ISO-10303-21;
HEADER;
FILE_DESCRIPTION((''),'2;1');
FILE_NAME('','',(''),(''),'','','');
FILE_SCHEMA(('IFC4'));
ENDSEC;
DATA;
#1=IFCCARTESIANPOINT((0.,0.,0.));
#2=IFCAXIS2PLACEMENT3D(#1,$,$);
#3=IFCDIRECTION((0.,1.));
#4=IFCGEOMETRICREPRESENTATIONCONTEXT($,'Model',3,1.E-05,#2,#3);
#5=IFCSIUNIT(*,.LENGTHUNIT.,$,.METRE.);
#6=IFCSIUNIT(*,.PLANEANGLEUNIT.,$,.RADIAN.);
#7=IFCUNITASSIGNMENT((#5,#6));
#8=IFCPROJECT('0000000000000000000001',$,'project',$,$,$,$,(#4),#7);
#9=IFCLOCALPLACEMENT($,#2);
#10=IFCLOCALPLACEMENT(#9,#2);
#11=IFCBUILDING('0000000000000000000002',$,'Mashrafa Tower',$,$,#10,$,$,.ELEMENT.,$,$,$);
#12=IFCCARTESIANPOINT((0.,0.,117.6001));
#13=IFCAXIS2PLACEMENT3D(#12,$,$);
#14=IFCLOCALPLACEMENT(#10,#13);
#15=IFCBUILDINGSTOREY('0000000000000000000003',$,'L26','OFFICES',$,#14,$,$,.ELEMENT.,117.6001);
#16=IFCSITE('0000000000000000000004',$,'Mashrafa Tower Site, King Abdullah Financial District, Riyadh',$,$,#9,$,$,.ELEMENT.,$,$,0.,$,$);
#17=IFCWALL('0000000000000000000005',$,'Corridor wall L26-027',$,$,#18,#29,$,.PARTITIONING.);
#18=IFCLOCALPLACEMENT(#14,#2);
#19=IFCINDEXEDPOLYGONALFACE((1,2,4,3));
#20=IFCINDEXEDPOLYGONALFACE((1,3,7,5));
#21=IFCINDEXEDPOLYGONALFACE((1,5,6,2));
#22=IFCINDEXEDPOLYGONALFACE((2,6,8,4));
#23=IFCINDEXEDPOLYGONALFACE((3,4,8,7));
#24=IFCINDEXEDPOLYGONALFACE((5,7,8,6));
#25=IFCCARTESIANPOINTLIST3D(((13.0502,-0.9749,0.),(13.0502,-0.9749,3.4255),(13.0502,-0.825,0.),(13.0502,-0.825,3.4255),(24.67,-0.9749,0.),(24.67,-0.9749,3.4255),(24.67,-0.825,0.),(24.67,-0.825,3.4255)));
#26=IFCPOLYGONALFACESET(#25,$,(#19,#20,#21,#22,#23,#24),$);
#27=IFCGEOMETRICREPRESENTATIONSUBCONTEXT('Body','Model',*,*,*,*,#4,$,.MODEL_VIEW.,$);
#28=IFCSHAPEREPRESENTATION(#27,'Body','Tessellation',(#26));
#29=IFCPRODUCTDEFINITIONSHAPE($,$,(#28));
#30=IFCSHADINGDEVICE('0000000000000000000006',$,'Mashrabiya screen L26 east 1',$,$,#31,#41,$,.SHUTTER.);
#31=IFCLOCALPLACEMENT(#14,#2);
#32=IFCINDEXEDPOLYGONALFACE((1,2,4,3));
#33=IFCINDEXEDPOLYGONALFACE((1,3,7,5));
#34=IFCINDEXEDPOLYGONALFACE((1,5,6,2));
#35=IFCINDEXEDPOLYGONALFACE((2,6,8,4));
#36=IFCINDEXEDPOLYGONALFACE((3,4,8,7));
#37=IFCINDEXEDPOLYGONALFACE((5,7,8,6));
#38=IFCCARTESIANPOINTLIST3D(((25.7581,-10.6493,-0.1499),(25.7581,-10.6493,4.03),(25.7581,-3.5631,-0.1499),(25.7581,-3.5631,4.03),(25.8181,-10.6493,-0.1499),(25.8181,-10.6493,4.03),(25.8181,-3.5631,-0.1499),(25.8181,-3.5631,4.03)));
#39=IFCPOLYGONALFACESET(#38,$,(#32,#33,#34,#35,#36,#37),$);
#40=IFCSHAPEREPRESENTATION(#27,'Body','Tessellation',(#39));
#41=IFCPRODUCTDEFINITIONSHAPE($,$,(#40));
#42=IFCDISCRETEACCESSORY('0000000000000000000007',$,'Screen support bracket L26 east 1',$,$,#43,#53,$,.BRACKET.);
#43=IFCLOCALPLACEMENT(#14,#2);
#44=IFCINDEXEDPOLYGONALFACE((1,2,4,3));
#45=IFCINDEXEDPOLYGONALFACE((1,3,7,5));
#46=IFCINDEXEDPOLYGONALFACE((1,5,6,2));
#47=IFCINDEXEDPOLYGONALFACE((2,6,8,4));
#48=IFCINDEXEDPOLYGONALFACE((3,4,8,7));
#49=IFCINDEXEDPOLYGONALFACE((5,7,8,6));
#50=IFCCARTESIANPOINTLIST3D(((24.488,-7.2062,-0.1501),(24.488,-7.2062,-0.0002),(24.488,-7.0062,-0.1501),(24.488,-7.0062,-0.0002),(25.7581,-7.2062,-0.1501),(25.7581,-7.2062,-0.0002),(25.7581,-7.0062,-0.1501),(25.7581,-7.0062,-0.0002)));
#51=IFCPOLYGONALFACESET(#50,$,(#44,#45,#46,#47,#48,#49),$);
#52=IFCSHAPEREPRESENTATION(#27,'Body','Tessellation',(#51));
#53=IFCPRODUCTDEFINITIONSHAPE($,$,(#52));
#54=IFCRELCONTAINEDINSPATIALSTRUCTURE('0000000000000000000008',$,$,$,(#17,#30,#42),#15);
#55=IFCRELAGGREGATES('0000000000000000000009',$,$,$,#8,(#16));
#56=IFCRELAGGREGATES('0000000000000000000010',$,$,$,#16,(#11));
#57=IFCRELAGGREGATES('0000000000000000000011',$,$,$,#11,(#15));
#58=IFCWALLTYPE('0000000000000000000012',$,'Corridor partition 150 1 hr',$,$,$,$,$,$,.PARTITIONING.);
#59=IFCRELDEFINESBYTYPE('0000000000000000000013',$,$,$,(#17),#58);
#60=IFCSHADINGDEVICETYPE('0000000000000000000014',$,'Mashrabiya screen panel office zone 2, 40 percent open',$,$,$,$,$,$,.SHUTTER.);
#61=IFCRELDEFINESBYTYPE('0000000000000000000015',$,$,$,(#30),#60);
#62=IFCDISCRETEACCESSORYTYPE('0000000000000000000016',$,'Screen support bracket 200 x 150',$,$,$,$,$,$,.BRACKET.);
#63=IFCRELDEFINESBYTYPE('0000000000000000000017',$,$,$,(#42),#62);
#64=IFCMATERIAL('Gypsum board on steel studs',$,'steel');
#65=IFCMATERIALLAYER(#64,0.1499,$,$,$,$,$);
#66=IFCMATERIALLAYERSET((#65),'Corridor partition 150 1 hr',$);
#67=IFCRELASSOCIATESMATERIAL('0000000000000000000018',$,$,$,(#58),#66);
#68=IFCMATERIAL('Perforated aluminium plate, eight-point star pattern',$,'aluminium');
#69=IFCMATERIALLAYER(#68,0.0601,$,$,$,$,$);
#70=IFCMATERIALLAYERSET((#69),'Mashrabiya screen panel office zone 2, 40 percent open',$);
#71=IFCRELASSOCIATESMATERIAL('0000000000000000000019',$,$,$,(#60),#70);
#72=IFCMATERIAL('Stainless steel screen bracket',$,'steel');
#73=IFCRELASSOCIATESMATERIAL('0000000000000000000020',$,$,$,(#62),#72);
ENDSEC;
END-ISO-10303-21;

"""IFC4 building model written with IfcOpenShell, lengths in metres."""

from ifc_helpers import new_model, si_unit, direction, frame, frame_2d, origin, origin_2d, place, context, subcontext, project, spatial, rectangle, extrude, source, transform, mapped, material, layer, layer_set, type_object, type_shapes, element, save


model = new_model("IFC4")

# Units and contexts
model_context = context("Model", 3, precision=1e-05, world=origin(), true_north=direction((0.0, 1.0)))
body_context = subcontext(model_context, "Body", "Model", "MODEL_VIEW")
ifc_project = project(units=[si_unit("LENGTHUNIT", "METRE"), si_unit("PLANEANGLEUNIT", "RADIAN")], contexts=[model_context])

# Site, building, storey
site_placement = place(None, origin())
site = spatial("IfcSite", under=ifc_project, at=site_placement, Name="Mashrafa Tower Site, King Abdullah Financial District, Riyadh", CompositionType="ELEMENT", RefElevation=0.0)
building_placement = place(site_placement, origin())
building = spatial("IfcBuilding", under=site, at=building_placement, Name="Mashrafa Tower", CompositionType="ELEMENT")
storey_placement = place(building_placement, frame((0.0, 0.0, 117.6001)))
storey = spatial("IfcBuildingStorey", under=building, at=storey_placement, Name="L26", Description="OFFICES", CompositionType="ELEMENT", Elevation=117.6001)

# Wall
ifc_material_1 = material(Name="Gypsum board on steel studs", Category="steel")
ifc_layer_1 = layer(ifc_material_1, 0.1499)
ifc_layer_set_1 = layer_set([ifc_layer_1], Name="Corridor partition 150 1 hr")
wall_type_1 = type_object("IfcWallType", Name="Corridor partition 150 1 hr", PredefinedType="PARTITIONING", material=ifc_layer_set_1)
wall_1_placement = place(storey_placement, frame((13.05, -0.8999, 0.0), z_axis=(0.0, 0.0, 1.0), x_axis=(1.0, 0.0, 0.0)))
element("IfcWall", 1, at=wall_1_placement, inside=storey, type_object=wall_type_1, Name="Corridor wall L26-027", PredefinedType="PARTITIONING", context=body_context, shape_type="SweptSolid", body=[
    extrude(rectangle(XDim=11.6199, YDim=0.1499, at=frame_2d((5.8101, 0.0))), origin(), (0.0, 0.0, 1.0), 3.4255),
])

# Shading device
ifc_material_2 = material(Name="Perforated aluminium plate, eight-point star pattern", Category="aluminium")
ifc_layer_2 = layer(ifc_material_2, 0.0601)
ifc_layer_set_2 = layer_set([ifc_layer_2], Name="Mashrabiya screen panel office zone 2, 40 percent open")
shading_device_type = type_object("IfcShadingDeviceType", Name="Mashrabiya screen panel office zone 2, 40 percent open", PredefinedType="SHUTTER", material=ifc_layer_set_2)
shared_shape_1 = source(origin(), body_context, "Body", "SweptSolid", [
    extrude(rectangle(XDim=7.0862, YDim=0.0601, at=origin_2d()), origin(), (0.0, 0.0, 1.0), 4.1799),
])
type_shapes(shading_device_type, [shared_shape_1])
shading_device_placement = place(storey_placement, frame((25.7881, -7.1062, -0.1499), z_axis=(0.0, 0.0, 1.0), x_axis=(0.0, 1.0, 0.0)))
element("IfcShadingDevice", 2, at=shading_device_placement, inside=storey, type_object=shading_device_type, Name="Mashrabiya screen L26 east 1", PredefinedType="SHUTTER", context=body_context, shape_type="MappedRepresentation", body=[
    mapped(shared_shape_1, transform((0.0, 0.0, 0.0))),
])

# Discrete accessory
ifc_material_3 = material(Name="Stainless steel screen bracket", Category="steel")
discrete_accessory_type = type_object("IfcDiscreteAccessoryType", Name="Screen support bracket 200 x 150", PredefinedType="BRACKET", material=ifc_material_3)
shared_shape_2 = source(origin(), body_context, "Body", "SweptSolid", [
    extrude(rectangle(XDim=0.2, YDim=1.27, at=origin_2d()), origin(), (0.0, 0.0, 1.0), 0.1499),
])
type_shapes(discrete_accessory_type, [shared_shape_2])
discrete_accessory_placement = place(storey_placement, frame((25.123, -7.1062, -0.1501), z_axis=(0.0, 0.0, 1.0), x_axis=(0.0, 1.0, 0.0)))
element("IfcDiscreteAccessory", 3, at=discrete_accessory_placement, inside=storey, type_object=discrete_accessory_type, Name="Screen support bracket L26 east 1", PredefinedType="BRACKET", context=body_context, shape_type="MappedRepresentation", body=[
    mapped(shared_shape_2, transform((0.0, 0.0, 0.0))),
])

save(model, "model.ifc")
